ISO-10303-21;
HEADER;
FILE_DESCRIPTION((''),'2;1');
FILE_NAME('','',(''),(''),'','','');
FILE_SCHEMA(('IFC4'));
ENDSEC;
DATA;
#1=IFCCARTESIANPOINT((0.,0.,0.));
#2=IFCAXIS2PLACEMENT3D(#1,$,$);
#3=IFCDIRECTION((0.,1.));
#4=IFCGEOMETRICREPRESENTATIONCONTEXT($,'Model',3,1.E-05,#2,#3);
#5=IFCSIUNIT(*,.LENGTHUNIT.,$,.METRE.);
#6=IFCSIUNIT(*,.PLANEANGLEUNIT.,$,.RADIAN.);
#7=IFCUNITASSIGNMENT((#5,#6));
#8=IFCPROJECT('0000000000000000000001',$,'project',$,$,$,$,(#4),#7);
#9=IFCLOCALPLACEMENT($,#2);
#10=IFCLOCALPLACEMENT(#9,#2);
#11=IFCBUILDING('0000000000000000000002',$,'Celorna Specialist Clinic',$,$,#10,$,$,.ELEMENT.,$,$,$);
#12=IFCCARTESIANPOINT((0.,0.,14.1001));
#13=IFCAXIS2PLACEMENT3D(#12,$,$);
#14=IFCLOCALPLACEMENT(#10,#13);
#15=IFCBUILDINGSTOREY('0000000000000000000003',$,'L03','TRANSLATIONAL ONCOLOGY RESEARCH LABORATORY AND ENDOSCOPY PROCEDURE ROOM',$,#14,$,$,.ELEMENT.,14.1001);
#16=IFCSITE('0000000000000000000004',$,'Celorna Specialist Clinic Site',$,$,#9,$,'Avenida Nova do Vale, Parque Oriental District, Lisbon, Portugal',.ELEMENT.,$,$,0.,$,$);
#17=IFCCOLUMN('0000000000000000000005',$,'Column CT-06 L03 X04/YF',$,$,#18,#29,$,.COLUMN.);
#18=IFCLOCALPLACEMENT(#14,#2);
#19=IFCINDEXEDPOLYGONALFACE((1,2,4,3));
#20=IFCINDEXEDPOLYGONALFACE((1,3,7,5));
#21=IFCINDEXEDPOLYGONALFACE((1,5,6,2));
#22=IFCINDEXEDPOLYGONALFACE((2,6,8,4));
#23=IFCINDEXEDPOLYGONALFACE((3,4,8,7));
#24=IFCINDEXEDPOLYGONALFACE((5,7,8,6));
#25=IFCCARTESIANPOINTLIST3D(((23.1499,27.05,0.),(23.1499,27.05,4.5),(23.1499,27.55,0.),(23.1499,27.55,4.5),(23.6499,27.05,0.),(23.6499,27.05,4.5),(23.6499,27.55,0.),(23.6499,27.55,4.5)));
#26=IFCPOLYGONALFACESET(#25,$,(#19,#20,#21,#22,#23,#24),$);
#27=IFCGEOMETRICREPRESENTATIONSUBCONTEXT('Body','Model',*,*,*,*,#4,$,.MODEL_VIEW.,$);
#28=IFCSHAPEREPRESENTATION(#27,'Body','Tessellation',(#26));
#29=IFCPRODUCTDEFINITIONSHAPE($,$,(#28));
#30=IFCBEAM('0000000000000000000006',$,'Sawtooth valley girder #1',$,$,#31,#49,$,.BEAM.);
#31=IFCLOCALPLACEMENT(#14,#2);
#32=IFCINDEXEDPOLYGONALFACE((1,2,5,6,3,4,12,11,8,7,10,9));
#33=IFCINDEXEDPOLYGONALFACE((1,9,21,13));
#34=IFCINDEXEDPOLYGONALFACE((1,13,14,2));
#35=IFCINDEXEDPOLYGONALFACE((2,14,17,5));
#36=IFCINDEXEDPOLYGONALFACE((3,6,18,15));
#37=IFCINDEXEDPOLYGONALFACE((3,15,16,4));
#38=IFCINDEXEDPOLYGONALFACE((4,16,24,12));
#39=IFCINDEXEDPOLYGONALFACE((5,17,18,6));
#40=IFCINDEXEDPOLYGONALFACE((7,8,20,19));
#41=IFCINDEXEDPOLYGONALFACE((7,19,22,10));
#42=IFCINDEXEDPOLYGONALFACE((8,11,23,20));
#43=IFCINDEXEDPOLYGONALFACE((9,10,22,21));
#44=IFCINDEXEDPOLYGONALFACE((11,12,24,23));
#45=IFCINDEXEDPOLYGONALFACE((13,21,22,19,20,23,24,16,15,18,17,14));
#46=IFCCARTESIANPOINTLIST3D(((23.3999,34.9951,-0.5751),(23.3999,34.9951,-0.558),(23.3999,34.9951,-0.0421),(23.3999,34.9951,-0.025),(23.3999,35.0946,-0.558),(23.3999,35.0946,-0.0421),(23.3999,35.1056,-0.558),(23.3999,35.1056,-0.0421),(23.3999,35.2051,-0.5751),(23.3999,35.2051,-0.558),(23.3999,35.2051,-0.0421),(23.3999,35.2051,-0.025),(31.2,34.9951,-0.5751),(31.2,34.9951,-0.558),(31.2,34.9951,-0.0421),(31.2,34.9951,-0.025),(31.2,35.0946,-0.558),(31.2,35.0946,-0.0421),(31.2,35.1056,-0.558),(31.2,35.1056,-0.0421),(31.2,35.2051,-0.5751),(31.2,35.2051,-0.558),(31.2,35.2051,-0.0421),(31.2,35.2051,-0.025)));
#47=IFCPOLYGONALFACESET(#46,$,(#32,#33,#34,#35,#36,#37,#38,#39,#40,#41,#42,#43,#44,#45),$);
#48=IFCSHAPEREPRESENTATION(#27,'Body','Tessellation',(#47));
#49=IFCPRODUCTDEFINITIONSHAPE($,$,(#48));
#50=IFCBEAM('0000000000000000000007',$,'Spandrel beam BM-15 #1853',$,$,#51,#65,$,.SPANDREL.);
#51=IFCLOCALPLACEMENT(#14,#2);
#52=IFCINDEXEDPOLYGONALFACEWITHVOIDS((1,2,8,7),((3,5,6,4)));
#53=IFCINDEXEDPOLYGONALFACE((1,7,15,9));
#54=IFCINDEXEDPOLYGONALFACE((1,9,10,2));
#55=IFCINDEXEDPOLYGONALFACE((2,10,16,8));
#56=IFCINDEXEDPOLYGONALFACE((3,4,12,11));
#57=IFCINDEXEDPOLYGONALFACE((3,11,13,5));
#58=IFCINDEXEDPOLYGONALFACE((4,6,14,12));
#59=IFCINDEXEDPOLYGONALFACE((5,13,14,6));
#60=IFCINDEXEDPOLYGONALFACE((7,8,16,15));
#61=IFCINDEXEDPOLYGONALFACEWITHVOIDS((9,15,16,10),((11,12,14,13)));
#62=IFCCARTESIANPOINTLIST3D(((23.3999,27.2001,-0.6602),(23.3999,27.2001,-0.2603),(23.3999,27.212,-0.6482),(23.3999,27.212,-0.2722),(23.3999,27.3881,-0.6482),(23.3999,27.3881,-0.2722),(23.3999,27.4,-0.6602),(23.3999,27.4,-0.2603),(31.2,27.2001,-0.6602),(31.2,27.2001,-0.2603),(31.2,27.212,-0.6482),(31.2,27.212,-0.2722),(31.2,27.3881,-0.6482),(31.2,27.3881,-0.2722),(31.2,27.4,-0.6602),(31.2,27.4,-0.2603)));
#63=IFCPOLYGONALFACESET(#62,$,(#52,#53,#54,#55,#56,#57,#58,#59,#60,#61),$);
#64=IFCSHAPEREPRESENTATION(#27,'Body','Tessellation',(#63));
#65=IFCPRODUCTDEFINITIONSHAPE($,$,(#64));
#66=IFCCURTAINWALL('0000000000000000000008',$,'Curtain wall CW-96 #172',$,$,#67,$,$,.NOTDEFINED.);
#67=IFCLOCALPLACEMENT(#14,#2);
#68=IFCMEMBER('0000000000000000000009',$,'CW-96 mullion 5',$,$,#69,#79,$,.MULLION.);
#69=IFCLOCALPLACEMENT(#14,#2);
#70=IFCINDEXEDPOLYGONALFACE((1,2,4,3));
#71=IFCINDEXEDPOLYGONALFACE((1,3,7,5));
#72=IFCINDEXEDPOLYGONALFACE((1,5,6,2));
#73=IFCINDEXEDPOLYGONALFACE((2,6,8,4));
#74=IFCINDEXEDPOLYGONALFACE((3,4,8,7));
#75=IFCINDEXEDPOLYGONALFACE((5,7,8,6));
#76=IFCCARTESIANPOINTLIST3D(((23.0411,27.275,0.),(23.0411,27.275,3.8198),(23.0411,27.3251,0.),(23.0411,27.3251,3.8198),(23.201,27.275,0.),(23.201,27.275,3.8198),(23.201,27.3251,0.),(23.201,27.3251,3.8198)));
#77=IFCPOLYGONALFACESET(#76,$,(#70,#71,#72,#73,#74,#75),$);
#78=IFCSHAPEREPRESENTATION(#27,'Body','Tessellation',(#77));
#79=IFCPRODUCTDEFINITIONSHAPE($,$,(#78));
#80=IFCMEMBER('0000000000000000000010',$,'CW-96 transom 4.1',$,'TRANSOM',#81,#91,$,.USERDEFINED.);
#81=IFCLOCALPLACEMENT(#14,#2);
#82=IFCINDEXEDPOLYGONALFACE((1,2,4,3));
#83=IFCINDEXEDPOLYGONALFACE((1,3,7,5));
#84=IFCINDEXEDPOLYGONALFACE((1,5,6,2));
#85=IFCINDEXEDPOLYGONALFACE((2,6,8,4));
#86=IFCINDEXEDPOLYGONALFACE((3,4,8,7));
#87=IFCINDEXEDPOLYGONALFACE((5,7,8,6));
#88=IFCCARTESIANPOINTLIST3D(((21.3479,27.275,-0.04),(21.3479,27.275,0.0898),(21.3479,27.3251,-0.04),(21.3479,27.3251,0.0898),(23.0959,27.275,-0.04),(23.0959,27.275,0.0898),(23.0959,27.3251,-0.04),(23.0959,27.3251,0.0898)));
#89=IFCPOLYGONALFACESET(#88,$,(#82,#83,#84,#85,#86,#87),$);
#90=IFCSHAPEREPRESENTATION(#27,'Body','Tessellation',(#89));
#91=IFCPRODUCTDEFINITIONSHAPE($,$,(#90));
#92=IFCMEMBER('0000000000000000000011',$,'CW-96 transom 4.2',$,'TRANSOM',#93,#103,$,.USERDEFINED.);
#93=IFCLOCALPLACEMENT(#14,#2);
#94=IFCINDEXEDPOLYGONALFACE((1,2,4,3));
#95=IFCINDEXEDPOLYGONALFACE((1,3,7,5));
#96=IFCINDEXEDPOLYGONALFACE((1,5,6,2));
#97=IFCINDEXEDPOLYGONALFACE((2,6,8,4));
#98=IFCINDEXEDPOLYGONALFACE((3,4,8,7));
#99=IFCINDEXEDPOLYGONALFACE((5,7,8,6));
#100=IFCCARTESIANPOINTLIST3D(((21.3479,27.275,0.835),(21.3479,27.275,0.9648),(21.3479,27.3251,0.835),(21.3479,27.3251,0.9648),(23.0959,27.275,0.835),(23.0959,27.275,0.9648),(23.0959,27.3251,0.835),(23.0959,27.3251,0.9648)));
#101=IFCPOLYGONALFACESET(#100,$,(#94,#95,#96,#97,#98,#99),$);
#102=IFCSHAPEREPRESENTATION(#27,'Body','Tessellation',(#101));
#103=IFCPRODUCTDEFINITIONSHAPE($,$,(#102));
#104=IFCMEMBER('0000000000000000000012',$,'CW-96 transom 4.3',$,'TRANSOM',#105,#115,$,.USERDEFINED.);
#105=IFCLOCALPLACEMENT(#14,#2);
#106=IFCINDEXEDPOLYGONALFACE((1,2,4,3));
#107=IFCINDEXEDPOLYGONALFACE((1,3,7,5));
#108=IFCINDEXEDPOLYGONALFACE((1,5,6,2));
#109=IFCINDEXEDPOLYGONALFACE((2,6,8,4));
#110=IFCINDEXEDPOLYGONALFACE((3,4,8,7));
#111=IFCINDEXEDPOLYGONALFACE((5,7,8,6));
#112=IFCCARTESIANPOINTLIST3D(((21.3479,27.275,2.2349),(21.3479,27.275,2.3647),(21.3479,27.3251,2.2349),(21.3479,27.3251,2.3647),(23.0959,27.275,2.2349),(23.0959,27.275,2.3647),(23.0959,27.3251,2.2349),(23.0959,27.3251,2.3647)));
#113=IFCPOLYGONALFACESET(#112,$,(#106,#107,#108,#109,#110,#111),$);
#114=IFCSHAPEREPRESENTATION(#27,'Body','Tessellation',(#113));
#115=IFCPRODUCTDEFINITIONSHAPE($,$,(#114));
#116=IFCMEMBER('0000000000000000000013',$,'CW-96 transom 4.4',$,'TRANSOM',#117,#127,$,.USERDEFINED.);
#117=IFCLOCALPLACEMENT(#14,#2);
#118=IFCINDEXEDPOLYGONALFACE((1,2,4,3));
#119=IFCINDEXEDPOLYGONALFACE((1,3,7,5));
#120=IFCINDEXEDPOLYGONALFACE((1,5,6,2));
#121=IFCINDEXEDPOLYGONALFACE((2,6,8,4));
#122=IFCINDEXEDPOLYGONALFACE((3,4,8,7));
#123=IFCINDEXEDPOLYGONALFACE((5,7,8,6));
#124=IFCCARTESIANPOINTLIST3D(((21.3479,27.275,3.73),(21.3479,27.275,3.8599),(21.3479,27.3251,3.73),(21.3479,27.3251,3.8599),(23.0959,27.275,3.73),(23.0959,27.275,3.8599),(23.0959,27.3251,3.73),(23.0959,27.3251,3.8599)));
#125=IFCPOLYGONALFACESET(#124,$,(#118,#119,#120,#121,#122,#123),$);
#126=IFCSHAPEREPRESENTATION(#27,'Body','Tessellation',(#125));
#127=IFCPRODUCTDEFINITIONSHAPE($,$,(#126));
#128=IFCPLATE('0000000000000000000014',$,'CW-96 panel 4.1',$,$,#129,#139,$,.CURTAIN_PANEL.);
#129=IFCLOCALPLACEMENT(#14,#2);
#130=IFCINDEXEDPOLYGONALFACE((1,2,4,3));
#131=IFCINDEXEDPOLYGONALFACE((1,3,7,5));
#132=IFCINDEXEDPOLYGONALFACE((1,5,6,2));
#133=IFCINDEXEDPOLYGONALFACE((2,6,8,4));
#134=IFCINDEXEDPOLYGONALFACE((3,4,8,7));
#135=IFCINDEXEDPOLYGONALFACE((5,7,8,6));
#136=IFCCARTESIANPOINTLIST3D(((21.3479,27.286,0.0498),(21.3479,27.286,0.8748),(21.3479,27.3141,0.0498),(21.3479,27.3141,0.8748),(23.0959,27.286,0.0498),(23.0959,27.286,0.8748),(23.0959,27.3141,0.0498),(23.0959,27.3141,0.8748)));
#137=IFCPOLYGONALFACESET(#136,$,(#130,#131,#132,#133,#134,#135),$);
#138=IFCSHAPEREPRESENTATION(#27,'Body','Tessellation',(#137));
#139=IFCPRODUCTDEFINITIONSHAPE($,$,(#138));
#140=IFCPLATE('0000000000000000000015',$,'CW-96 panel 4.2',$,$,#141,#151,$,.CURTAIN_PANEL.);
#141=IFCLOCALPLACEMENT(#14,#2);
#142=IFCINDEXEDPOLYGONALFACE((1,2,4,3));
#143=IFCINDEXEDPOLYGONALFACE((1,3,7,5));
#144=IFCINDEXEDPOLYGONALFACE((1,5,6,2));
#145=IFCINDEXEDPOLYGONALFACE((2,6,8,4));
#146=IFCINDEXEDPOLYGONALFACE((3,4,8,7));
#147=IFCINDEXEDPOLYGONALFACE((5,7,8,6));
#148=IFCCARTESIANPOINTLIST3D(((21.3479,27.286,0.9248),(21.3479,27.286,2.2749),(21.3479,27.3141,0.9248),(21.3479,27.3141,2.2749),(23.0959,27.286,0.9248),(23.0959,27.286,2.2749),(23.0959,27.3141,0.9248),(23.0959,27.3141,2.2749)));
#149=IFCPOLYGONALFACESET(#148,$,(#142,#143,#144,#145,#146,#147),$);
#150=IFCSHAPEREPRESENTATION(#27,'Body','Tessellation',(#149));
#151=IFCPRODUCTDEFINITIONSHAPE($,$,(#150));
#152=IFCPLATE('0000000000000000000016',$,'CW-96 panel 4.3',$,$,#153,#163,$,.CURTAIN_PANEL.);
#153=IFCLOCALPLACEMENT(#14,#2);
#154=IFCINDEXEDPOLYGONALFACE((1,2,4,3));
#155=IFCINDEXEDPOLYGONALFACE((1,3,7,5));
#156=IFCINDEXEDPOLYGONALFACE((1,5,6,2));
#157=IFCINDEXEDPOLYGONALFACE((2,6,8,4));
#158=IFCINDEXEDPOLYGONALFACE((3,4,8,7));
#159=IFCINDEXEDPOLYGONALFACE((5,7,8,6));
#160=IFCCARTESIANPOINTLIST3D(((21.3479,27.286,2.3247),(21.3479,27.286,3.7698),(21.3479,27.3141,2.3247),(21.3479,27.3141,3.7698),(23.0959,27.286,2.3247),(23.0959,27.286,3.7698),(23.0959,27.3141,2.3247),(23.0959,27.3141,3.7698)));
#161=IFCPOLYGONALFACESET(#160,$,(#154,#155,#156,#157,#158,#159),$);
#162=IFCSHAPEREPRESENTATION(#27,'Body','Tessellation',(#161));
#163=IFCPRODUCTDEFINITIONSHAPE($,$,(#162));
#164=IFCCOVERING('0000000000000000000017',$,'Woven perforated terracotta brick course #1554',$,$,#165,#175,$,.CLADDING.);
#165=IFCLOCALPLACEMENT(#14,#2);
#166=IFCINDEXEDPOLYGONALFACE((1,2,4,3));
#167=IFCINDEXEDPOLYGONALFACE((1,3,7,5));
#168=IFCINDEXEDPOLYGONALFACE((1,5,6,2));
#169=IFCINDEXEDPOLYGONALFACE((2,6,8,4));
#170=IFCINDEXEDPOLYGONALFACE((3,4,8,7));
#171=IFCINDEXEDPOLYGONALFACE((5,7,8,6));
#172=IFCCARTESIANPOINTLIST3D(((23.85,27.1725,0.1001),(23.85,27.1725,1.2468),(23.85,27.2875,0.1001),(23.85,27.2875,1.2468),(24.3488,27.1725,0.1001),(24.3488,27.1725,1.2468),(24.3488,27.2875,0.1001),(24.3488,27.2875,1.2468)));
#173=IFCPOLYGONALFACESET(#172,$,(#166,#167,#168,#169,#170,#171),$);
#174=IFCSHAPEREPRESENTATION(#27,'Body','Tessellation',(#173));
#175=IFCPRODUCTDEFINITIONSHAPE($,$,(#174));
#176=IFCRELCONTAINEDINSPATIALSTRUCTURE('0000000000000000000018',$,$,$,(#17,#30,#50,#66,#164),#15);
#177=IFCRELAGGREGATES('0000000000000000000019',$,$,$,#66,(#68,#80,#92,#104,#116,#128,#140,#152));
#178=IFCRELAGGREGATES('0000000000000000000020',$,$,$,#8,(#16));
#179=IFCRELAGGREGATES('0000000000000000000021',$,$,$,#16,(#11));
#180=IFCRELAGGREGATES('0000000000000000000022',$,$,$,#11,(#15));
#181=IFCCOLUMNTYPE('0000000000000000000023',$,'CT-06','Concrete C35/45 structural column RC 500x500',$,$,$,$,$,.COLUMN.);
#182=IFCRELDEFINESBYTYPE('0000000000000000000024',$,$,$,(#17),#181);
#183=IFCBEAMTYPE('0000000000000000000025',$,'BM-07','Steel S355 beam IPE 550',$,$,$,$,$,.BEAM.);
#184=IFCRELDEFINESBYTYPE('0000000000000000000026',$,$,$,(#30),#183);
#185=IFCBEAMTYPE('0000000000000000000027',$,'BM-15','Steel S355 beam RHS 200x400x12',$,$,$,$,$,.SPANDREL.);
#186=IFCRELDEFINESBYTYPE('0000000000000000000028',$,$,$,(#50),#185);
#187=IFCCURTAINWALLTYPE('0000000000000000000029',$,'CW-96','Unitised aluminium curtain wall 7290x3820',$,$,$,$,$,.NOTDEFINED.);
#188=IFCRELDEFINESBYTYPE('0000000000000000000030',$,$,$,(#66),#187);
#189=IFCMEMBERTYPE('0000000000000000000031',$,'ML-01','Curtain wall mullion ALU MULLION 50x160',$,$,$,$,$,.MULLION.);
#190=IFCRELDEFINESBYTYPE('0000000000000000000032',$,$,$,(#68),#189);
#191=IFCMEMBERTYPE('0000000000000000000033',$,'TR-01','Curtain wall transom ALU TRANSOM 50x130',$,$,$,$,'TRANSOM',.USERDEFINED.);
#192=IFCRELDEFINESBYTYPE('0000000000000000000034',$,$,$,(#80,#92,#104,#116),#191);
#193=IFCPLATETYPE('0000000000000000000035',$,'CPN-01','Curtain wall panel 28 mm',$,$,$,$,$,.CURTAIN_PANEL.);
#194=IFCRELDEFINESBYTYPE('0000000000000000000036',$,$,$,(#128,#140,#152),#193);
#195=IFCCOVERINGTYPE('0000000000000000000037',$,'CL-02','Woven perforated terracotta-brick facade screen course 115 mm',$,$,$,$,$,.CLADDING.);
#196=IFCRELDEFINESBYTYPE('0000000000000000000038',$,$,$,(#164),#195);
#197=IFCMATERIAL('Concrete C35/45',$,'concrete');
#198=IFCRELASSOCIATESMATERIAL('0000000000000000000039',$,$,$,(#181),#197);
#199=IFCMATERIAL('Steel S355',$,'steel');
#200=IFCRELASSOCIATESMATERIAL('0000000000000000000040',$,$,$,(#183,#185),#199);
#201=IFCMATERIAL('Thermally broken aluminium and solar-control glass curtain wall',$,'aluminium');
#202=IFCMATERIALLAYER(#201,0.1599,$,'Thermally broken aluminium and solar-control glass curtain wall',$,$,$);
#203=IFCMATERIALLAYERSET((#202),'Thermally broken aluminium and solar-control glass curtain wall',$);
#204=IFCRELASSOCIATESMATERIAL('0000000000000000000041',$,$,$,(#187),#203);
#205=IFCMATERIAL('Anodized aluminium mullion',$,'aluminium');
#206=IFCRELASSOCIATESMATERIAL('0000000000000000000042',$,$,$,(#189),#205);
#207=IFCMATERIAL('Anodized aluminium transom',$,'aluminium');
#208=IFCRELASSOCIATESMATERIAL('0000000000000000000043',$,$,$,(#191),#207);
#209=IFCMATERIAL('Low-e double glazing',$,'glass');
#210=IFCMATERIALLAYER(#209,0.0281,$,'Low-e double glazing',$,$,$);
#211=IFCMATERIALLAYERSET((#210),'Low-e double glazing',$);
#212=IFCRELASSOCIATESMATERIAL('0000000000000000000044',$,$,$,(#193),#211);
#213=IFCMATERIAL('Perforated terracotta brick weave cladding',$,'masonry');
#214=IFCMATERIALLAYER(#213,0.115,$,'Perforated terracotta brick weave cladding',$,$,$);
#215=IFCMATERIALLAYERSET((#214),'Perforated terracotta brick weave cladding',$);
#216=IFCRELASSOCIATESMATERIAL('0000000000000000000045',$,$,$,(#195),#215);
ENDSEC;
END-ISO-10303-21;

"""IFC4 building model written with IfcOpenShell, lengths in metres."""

from ifc_helpers import new_model, si_unit, direction, frame, origin, origin_2d, place, context, subcontext, project, spatial, rectangle, hollow_rectangle, i_section, extrude, material, layer, layer_set, material_profile, profile_set, type_object, element, aggregate, save


model = new_model("IFC4")

# Units and contexts
model_context = context("Model", 3, precision=1e-05, world=origin(), true_north=direction((0.0, 1.0)))
body_context = subcontext(model_context, "Body", "Model", "MODEL_VIEW")
ifc_project = project(units=[si_unit("LENGTHUNIT", "METRE"), si_unit("PLANEANGLEUNIT", "RADIAN")], contexts=[model_context])

# Site, building, storey
site_placement = place(None, origin())
site = spatial("IfcSite", under=ifc_project, at=site_placement, Name="Celorna Specialist Clinic Site", LongName="Avenida Nova do Vale, Parque Oriental District, Lisbon, Portugal", CompositionType="ELEMENT", RefElevation=0.0)
building_placement = place(site_placement, origin())
building = spatial("IfcBuilding", under=site, at=building_placement, Name="Celorna Specialist Clinic", CompositionType="ELEMENT")
storey_placement = place(building_placement, frame((0.0, 0.0, 14.1001)))
storey = spatial("IfcBuildingStorey", under=building, at=storey_placement, Name="L03", Description="TRANSLATIONAL ONCOLOGY RESEARCH LABORATORY AND ENDOSCOPY PROCEDURE ROOM", CompositionType="ELEMENT", Elevation=14.1001)

# Column
ifc_material_1 = material(Name="Concrete C35/45", Category="concrete")
ifc_material_profile_1 = material_profile(ifc_material_1, rectangle(XDim=0.5, YDim=0.5, at=origin_2d()), Name="RC 500x500")
ifc_profile_set_1 = profile_set([ifc_material_profile_1], Name="Concrete C35/45")
column_type = type_object("IfcColumnType", Name="CT-06", Description="Concrete C35/45 structural column RC 500x500", PredefinedType="COLUMN", material=ifc_profile_set_1)
column_placement = place(storey_placement, frame((23.3999, 27.3, 0.0), z_axis=(0.0, 0.0, 1.0), x_axis=(1.0, 0.0, 0.0)))
element("IfcColumn", 1, at=column_placement, inside=storey, type_object=column_type, Name="Column CT-06 L03 X04/YF", PredefinedType="COLUMN", context=body_context, shape_type="SweptSolid", body=[
    extrude(rectangle(XDim=0.5, YDim=0.5, at=origin_2d()), origin(), (0.0, 0.0, 1.0), 4.5),
])

# Beams
ifc_material_2 = material(Name="Steel S355", Category="steel")
ifc_material_profile_2 = material_profile(ifc_material_2, i_section(OverallWidth=0.21, OverallDepth=0.55, WebThickness=0.011, FlangeThickness=0.0171, at=origin_2d()), Name="IPE 550")
ifc_profile_set_2 = profile_set([ifc_material_profile_2], Name="Steel S355")
beam_type_1 = type_object("IfcBeamType", Name="BM-07", Description="Steel S355 beam IPE 550", PredefinedType="BEAM", material=ifc_profile_set_2)
beam_1_placement = place(storey_placement, frame((23.3999, 35.1001, -0.3), z_axis=(1.0, 0.0, 0.0), x_axis=(0.0, 1.0, 0.0)))
element("IfcBeam", 2, at=beam_1_placement, inside=storey, type_object=beam_type_1, Name="Sawtooth valley girder #1", PredefinedType="BEAM", context=body_context, shape_type="SweptSolid", body=[
    extrude(i_section(OverallWidth=0.21, OverallDepth=0.55, WebThickness=0.011, FlangeThickness=0.0171, at=origin_2d()), origin(), (0.0, 0.0, 1.0), 7.8),
])
ifc_material_profile_3 = material_profile(ifc_material_2, hollow_rectangle(XDim=0.2, YDim=0.3999, WallThickness=0.012, at=origin_2d()), Name="RHS 200x400x12")
ifc_profile_set_3 = profile_set([ifc_material_profile_3], Name="Steel S355")
beam_type_2 = type_object("IfcBeamType", Name="BM-15", Description="Steel S355 beam RHS 200x400x12", PredefinedType="SPANDREL", material=ifc_profile_set_3)
beam_2_placement = place(storey_placement, frame((23.3999, 27.3, -0.4602), z_axis=(1.0, 0.0, 0.0), x_axis=(0.0, 1.0, 0.0)))
element("IfcBeam", 3, at=beam_2_placement, inside=storey, type_object=beam_type_2, Name="Spandrel beam BM-15 #1853", PredefinedType="SPANDREL", context=body_context, shape_type="SweptSolid", body=[
    extrude(hollow_rectangle(XDim=0.2, YDim=0.3999, WallThickness=0.012, at=origin_2d()), origin(), (0.0, 0.0, 1.0), 7.8),
])

# Curtain wall, members, plates
ifc_material_3 = material(Name="Thermally broken aluminium and solar-control glass curtain wall", Category="aluminium")
ifc_layer_1 = layer(ifc_material_3, 0.1599, Name="Thermally broken aluminium and solar-control glass curtain wall")
ifc_layer_set_1 = layer_set([ifc_layer_1], Name="Thermally broken aluminium and solar-control glass curtain wall")
curtain_wall_type = type_object("IfcCurtainWallType", Name="CW-96", Description="Unitised aluminium curtain wall 7290x3820", PredefinedType="NOTDEFINED", material=ifc_layer_set_1)
curtain_wall_placement = place(storey_placement, origin())
curtain_wall = element("IfcCurtainWall", 4, at=curtain_wall_placement, inside=storey, type_object=curtain_wall_type, Name="Curtain wall CW-96 #172", PredefinedType="NOTDEFINED")
ifc_material_4 = material(Name="Anodized aluminium mullion", Category="aluminium")
ifc_material_profile_4 = material_profile(ifc_material_4, rectangle(XDim=0.05, YDim=0.1599, at=origin_2d()), Name="ALU MULLION 50x160")
ifc_profile_set_4 = profile_set([ifc_material_profile_4], Name="Anodized aluminium mullion")
member_type_1 = type_object("IfcMemberType", Name="ML-01", Description="Curtain wall mullion ALU MULLION 50x160", PredefinedType="MULLION", material=ifc_profile_set_4)
member_1_placement = place(storey_placement, frame((23.1211, 27.3, 0.0), z_axis=(0.0, 0.0, 1.0), x_axis=(0.0, 1.0, 0.0)))
member_1 = element("IfcMember", 5, at=member_1_placement, type_object=member_type_1, Name="CW-96 mullion 5", PredefinedType="MULLION", context=body_context, shape_type="SweptSolid", body=[
    extrude(rectangle(XDim=0.05, YDim=0.1599, at=origin_2d()), origin(), (0.0, 0.0, 1.0), 3.8198),
])
ifc_material_5 = material(Name="Anodized aluminium transom", Category="aluminium")
ifc_material_profile_5 = material_profile(ifc_material_5, rectangle(XDim=0.05, YDim=0.1299, at=origin_2d()), Name="ALU TRANSOM 50x130")
ifc_profile_set_5 = profile_set([ifc_material_profile_5], Name="Anodized aluminium transom")
member_type_2 = type_object("IfcMemberType", Name="TR-01", Description="Curtain wall transom ALU TRANSOM 50x130", ElementType="TRANSOM", PredefinedType="USERDEFINED", material=ifc_profile_set_5)
member_2_placement = place(storey_placement, frame((21.3479, 27.3, 0.0249), z_axis=(1.0, 0.0, 0.0), x_axis=(0.0, 1.0, 0.0)))
member_2 = element("IfcMember", 6, at=member_2_placement, type_object=member_type_2, Name="CW-96 transom 4.1", ObjectType="TRANSOM", PredefinedType="USERDEFINED", context=body_context, shape_type="SweptSolid", body=[
    extrude(rectangle(XDim=0.05, YDim=0.1299, at=origin_2d()), origin(), (0.0, 0.0, 1.0), 1.748),
])
member_3_placement = place(storey_placement, frame((21.3479, 27.3, 0.8999), z_axis=(1.0, 0.0, 0.0), x_axis=(0.0, 1.0, 0.0)))
member_3 = element("IfcMember", 7, at=member_3_placement, type_object=member_type_2, Name="CW-96 transom 4.2", ObjectType="TRANSOM", PredefinedType="USERDEFINED", context=body_context, shape_type="SweptSolid", body=[
    extrude(rectangle(XDim=0.05, YDim=0.1299, at=origin_2d()), origin(), (0.0, 0.0, 1.0), 1.748),
])
member_4_placement = place(storey_placement, frame((21.3479, 27.3, 2.2998), z_axis=(1.0, 0.0, 0.0), x_axis=(0.0, 1.0, 0.0)))
member_4 = element("IfcMember", 8, at=member_4_placement, type_object=member_type_2, Name="CW-96 transom 4.3", ObjectType="TRANSOM", PredefinedType="USERDEFINED", context=body_context, shape_type="SweptSolid", body=[
    extrude(rectangle(XDim=0.05, YDim=0.1299, at=origin_2d()), origin(), (0.0, 0.0, 1.0), 1.748),
])
member_5_placement = place(storey_placement, frame((21.3479, 27.3, 3.7949), z_axis=(1.0, 0.0, 0.0), x_axis=(0.0, 1.0, 0.0)))
member_5 = element("IfcMember", 9, at=member_5_placement, type_object=member_type_2, Name="CW-96 transom 4.4", ObjectType="TRANSOM", PredefinedType="USERDEFINED", context=body_context, shape_type="SweptSolid", body=[
    extrude(rectangle(XDim=0.05, YDim=0.1299, at=origin_2d()), origin(), (0.0, 0.0, 1.0), 1.748),
])
ifc_material_6 = material(Name="Low-e double glazing", Category="glass")
ifc_layer_2 = layer(ifc_material_6, 0.0281, Name="Low-e double glazing")
ifc_layer_set_2 = layer_set([ifc_layer_2], Name="Low-e double glazing")
plate_type = type_object("IfcPlateType", Name="CPN-01", Description="Curtain wall panel 28 mm", PredefinedType="CURTAIN_PANEL", material=ifc_layer_set_2)
plate_1_placement = place(storey_placement, frame((22.2219, 27.3, 0.0498), z_axis=(0.0, 0.0, 1.0), x_axis=(1.0, 0.0, 0.0)))
plate_1 = element("IfcPlate", 10, at=plate_1_placement, type_object=plate_type, Name="CW-96 panel 4.1", PredefinedType="CURTAIN_PANEL", context=body_context, shape_type="SweptSolid", body=[
    extrude(rectangle(XDim=1.748, YDim=0.0281, at=origin_2d()), origin(), (0.0, 0.0, 1.0), 0.825),
])
plate_2_placement = place(storey_placement, frame((22.2219, 27.3, 0.9248), z_axis=(0.0, 0.0, 1.0), x_axis=(1.0, 0.0, 0.0)))
plate_2 = element("IfcPlate", 11, at=plate_2_placement, type_object=plate_type, Name="CW-96 panel 4.2", PredefinedType="CURTAIN_PANEL", context=body_context, shape_type="SweptSolid", body=[
    extrude(rectangle(XDim=1.748, YDim=0.0281, at=origin_2d()), origin(), (0.0, 0.0, 1.0), 1.3501),
])
plate_3_placement = place(storey_placement, frame((22.2219, 27.3, 2.3247), z_axis=(0.0, 0.0, 1.0), x_axis=(1.0, 0.0, 0.0)))
plate_3 = element("IfcPlate", 12, at=plate_3_placement, type_object=plate_type, Name="CW-96 panel 4.3", PredefinedType="CURTAIN_PANEL", context=body_context, shape_type="SweptSolid", body=[
    extrude(rectangle(XDim=1.748, YDim=0.0281, at=origin_2d()), origin(), (0.0, 0.0, 1.0), 1.4451),
])
aggregate(curtain_wall, [member_1, member_2, member_3, member_4, member_5, plate_1, plate_2, plate_3])

# Covering
ifc_material_7 = material(Name="Perforated terracotta brick weave cladding", Category="masonry")
ifc_layer_3 = layer(ifc_material_7, 0.115, Name="Perforated terracotta brick weave cladding")
ifc_layer_set_3 = layer_set([ifc_layer_3], Name="Perforated terracotta brick weave cladding")
covering_type = type_object("IfcCoveringType", Name="CL-02", Description="Woven perforated terracotta-brick facade screen course 115 mm", PredefinedType="CLADDING", material=ifc_layer_set_3)
for number, where, z_axis, x_axis, name in (
    (13, (24.0994, 27.23, 0.1001), (0.0, 0.0, 1.0), (1.0, 0.0, 0.0), "Woven perforated terracotta brick course #1554"),
):
    element("IfcCovering", number, at=place(storey_placement, frame(where, z_axis=z_axis, x_axis=x_axis)), inside=storey, type_object=covering_type, Name=name, PredefinedType="CLADDING", context=body_context, shape_type="SweptSolid", body=[
        extrude(rectangle(XDim=0.4988, YDim=0.115, at=origin_2d()), origin(), (0.0, 0.0, 1.0), 1.1467),
    ])

save(model, "model.ifc")
